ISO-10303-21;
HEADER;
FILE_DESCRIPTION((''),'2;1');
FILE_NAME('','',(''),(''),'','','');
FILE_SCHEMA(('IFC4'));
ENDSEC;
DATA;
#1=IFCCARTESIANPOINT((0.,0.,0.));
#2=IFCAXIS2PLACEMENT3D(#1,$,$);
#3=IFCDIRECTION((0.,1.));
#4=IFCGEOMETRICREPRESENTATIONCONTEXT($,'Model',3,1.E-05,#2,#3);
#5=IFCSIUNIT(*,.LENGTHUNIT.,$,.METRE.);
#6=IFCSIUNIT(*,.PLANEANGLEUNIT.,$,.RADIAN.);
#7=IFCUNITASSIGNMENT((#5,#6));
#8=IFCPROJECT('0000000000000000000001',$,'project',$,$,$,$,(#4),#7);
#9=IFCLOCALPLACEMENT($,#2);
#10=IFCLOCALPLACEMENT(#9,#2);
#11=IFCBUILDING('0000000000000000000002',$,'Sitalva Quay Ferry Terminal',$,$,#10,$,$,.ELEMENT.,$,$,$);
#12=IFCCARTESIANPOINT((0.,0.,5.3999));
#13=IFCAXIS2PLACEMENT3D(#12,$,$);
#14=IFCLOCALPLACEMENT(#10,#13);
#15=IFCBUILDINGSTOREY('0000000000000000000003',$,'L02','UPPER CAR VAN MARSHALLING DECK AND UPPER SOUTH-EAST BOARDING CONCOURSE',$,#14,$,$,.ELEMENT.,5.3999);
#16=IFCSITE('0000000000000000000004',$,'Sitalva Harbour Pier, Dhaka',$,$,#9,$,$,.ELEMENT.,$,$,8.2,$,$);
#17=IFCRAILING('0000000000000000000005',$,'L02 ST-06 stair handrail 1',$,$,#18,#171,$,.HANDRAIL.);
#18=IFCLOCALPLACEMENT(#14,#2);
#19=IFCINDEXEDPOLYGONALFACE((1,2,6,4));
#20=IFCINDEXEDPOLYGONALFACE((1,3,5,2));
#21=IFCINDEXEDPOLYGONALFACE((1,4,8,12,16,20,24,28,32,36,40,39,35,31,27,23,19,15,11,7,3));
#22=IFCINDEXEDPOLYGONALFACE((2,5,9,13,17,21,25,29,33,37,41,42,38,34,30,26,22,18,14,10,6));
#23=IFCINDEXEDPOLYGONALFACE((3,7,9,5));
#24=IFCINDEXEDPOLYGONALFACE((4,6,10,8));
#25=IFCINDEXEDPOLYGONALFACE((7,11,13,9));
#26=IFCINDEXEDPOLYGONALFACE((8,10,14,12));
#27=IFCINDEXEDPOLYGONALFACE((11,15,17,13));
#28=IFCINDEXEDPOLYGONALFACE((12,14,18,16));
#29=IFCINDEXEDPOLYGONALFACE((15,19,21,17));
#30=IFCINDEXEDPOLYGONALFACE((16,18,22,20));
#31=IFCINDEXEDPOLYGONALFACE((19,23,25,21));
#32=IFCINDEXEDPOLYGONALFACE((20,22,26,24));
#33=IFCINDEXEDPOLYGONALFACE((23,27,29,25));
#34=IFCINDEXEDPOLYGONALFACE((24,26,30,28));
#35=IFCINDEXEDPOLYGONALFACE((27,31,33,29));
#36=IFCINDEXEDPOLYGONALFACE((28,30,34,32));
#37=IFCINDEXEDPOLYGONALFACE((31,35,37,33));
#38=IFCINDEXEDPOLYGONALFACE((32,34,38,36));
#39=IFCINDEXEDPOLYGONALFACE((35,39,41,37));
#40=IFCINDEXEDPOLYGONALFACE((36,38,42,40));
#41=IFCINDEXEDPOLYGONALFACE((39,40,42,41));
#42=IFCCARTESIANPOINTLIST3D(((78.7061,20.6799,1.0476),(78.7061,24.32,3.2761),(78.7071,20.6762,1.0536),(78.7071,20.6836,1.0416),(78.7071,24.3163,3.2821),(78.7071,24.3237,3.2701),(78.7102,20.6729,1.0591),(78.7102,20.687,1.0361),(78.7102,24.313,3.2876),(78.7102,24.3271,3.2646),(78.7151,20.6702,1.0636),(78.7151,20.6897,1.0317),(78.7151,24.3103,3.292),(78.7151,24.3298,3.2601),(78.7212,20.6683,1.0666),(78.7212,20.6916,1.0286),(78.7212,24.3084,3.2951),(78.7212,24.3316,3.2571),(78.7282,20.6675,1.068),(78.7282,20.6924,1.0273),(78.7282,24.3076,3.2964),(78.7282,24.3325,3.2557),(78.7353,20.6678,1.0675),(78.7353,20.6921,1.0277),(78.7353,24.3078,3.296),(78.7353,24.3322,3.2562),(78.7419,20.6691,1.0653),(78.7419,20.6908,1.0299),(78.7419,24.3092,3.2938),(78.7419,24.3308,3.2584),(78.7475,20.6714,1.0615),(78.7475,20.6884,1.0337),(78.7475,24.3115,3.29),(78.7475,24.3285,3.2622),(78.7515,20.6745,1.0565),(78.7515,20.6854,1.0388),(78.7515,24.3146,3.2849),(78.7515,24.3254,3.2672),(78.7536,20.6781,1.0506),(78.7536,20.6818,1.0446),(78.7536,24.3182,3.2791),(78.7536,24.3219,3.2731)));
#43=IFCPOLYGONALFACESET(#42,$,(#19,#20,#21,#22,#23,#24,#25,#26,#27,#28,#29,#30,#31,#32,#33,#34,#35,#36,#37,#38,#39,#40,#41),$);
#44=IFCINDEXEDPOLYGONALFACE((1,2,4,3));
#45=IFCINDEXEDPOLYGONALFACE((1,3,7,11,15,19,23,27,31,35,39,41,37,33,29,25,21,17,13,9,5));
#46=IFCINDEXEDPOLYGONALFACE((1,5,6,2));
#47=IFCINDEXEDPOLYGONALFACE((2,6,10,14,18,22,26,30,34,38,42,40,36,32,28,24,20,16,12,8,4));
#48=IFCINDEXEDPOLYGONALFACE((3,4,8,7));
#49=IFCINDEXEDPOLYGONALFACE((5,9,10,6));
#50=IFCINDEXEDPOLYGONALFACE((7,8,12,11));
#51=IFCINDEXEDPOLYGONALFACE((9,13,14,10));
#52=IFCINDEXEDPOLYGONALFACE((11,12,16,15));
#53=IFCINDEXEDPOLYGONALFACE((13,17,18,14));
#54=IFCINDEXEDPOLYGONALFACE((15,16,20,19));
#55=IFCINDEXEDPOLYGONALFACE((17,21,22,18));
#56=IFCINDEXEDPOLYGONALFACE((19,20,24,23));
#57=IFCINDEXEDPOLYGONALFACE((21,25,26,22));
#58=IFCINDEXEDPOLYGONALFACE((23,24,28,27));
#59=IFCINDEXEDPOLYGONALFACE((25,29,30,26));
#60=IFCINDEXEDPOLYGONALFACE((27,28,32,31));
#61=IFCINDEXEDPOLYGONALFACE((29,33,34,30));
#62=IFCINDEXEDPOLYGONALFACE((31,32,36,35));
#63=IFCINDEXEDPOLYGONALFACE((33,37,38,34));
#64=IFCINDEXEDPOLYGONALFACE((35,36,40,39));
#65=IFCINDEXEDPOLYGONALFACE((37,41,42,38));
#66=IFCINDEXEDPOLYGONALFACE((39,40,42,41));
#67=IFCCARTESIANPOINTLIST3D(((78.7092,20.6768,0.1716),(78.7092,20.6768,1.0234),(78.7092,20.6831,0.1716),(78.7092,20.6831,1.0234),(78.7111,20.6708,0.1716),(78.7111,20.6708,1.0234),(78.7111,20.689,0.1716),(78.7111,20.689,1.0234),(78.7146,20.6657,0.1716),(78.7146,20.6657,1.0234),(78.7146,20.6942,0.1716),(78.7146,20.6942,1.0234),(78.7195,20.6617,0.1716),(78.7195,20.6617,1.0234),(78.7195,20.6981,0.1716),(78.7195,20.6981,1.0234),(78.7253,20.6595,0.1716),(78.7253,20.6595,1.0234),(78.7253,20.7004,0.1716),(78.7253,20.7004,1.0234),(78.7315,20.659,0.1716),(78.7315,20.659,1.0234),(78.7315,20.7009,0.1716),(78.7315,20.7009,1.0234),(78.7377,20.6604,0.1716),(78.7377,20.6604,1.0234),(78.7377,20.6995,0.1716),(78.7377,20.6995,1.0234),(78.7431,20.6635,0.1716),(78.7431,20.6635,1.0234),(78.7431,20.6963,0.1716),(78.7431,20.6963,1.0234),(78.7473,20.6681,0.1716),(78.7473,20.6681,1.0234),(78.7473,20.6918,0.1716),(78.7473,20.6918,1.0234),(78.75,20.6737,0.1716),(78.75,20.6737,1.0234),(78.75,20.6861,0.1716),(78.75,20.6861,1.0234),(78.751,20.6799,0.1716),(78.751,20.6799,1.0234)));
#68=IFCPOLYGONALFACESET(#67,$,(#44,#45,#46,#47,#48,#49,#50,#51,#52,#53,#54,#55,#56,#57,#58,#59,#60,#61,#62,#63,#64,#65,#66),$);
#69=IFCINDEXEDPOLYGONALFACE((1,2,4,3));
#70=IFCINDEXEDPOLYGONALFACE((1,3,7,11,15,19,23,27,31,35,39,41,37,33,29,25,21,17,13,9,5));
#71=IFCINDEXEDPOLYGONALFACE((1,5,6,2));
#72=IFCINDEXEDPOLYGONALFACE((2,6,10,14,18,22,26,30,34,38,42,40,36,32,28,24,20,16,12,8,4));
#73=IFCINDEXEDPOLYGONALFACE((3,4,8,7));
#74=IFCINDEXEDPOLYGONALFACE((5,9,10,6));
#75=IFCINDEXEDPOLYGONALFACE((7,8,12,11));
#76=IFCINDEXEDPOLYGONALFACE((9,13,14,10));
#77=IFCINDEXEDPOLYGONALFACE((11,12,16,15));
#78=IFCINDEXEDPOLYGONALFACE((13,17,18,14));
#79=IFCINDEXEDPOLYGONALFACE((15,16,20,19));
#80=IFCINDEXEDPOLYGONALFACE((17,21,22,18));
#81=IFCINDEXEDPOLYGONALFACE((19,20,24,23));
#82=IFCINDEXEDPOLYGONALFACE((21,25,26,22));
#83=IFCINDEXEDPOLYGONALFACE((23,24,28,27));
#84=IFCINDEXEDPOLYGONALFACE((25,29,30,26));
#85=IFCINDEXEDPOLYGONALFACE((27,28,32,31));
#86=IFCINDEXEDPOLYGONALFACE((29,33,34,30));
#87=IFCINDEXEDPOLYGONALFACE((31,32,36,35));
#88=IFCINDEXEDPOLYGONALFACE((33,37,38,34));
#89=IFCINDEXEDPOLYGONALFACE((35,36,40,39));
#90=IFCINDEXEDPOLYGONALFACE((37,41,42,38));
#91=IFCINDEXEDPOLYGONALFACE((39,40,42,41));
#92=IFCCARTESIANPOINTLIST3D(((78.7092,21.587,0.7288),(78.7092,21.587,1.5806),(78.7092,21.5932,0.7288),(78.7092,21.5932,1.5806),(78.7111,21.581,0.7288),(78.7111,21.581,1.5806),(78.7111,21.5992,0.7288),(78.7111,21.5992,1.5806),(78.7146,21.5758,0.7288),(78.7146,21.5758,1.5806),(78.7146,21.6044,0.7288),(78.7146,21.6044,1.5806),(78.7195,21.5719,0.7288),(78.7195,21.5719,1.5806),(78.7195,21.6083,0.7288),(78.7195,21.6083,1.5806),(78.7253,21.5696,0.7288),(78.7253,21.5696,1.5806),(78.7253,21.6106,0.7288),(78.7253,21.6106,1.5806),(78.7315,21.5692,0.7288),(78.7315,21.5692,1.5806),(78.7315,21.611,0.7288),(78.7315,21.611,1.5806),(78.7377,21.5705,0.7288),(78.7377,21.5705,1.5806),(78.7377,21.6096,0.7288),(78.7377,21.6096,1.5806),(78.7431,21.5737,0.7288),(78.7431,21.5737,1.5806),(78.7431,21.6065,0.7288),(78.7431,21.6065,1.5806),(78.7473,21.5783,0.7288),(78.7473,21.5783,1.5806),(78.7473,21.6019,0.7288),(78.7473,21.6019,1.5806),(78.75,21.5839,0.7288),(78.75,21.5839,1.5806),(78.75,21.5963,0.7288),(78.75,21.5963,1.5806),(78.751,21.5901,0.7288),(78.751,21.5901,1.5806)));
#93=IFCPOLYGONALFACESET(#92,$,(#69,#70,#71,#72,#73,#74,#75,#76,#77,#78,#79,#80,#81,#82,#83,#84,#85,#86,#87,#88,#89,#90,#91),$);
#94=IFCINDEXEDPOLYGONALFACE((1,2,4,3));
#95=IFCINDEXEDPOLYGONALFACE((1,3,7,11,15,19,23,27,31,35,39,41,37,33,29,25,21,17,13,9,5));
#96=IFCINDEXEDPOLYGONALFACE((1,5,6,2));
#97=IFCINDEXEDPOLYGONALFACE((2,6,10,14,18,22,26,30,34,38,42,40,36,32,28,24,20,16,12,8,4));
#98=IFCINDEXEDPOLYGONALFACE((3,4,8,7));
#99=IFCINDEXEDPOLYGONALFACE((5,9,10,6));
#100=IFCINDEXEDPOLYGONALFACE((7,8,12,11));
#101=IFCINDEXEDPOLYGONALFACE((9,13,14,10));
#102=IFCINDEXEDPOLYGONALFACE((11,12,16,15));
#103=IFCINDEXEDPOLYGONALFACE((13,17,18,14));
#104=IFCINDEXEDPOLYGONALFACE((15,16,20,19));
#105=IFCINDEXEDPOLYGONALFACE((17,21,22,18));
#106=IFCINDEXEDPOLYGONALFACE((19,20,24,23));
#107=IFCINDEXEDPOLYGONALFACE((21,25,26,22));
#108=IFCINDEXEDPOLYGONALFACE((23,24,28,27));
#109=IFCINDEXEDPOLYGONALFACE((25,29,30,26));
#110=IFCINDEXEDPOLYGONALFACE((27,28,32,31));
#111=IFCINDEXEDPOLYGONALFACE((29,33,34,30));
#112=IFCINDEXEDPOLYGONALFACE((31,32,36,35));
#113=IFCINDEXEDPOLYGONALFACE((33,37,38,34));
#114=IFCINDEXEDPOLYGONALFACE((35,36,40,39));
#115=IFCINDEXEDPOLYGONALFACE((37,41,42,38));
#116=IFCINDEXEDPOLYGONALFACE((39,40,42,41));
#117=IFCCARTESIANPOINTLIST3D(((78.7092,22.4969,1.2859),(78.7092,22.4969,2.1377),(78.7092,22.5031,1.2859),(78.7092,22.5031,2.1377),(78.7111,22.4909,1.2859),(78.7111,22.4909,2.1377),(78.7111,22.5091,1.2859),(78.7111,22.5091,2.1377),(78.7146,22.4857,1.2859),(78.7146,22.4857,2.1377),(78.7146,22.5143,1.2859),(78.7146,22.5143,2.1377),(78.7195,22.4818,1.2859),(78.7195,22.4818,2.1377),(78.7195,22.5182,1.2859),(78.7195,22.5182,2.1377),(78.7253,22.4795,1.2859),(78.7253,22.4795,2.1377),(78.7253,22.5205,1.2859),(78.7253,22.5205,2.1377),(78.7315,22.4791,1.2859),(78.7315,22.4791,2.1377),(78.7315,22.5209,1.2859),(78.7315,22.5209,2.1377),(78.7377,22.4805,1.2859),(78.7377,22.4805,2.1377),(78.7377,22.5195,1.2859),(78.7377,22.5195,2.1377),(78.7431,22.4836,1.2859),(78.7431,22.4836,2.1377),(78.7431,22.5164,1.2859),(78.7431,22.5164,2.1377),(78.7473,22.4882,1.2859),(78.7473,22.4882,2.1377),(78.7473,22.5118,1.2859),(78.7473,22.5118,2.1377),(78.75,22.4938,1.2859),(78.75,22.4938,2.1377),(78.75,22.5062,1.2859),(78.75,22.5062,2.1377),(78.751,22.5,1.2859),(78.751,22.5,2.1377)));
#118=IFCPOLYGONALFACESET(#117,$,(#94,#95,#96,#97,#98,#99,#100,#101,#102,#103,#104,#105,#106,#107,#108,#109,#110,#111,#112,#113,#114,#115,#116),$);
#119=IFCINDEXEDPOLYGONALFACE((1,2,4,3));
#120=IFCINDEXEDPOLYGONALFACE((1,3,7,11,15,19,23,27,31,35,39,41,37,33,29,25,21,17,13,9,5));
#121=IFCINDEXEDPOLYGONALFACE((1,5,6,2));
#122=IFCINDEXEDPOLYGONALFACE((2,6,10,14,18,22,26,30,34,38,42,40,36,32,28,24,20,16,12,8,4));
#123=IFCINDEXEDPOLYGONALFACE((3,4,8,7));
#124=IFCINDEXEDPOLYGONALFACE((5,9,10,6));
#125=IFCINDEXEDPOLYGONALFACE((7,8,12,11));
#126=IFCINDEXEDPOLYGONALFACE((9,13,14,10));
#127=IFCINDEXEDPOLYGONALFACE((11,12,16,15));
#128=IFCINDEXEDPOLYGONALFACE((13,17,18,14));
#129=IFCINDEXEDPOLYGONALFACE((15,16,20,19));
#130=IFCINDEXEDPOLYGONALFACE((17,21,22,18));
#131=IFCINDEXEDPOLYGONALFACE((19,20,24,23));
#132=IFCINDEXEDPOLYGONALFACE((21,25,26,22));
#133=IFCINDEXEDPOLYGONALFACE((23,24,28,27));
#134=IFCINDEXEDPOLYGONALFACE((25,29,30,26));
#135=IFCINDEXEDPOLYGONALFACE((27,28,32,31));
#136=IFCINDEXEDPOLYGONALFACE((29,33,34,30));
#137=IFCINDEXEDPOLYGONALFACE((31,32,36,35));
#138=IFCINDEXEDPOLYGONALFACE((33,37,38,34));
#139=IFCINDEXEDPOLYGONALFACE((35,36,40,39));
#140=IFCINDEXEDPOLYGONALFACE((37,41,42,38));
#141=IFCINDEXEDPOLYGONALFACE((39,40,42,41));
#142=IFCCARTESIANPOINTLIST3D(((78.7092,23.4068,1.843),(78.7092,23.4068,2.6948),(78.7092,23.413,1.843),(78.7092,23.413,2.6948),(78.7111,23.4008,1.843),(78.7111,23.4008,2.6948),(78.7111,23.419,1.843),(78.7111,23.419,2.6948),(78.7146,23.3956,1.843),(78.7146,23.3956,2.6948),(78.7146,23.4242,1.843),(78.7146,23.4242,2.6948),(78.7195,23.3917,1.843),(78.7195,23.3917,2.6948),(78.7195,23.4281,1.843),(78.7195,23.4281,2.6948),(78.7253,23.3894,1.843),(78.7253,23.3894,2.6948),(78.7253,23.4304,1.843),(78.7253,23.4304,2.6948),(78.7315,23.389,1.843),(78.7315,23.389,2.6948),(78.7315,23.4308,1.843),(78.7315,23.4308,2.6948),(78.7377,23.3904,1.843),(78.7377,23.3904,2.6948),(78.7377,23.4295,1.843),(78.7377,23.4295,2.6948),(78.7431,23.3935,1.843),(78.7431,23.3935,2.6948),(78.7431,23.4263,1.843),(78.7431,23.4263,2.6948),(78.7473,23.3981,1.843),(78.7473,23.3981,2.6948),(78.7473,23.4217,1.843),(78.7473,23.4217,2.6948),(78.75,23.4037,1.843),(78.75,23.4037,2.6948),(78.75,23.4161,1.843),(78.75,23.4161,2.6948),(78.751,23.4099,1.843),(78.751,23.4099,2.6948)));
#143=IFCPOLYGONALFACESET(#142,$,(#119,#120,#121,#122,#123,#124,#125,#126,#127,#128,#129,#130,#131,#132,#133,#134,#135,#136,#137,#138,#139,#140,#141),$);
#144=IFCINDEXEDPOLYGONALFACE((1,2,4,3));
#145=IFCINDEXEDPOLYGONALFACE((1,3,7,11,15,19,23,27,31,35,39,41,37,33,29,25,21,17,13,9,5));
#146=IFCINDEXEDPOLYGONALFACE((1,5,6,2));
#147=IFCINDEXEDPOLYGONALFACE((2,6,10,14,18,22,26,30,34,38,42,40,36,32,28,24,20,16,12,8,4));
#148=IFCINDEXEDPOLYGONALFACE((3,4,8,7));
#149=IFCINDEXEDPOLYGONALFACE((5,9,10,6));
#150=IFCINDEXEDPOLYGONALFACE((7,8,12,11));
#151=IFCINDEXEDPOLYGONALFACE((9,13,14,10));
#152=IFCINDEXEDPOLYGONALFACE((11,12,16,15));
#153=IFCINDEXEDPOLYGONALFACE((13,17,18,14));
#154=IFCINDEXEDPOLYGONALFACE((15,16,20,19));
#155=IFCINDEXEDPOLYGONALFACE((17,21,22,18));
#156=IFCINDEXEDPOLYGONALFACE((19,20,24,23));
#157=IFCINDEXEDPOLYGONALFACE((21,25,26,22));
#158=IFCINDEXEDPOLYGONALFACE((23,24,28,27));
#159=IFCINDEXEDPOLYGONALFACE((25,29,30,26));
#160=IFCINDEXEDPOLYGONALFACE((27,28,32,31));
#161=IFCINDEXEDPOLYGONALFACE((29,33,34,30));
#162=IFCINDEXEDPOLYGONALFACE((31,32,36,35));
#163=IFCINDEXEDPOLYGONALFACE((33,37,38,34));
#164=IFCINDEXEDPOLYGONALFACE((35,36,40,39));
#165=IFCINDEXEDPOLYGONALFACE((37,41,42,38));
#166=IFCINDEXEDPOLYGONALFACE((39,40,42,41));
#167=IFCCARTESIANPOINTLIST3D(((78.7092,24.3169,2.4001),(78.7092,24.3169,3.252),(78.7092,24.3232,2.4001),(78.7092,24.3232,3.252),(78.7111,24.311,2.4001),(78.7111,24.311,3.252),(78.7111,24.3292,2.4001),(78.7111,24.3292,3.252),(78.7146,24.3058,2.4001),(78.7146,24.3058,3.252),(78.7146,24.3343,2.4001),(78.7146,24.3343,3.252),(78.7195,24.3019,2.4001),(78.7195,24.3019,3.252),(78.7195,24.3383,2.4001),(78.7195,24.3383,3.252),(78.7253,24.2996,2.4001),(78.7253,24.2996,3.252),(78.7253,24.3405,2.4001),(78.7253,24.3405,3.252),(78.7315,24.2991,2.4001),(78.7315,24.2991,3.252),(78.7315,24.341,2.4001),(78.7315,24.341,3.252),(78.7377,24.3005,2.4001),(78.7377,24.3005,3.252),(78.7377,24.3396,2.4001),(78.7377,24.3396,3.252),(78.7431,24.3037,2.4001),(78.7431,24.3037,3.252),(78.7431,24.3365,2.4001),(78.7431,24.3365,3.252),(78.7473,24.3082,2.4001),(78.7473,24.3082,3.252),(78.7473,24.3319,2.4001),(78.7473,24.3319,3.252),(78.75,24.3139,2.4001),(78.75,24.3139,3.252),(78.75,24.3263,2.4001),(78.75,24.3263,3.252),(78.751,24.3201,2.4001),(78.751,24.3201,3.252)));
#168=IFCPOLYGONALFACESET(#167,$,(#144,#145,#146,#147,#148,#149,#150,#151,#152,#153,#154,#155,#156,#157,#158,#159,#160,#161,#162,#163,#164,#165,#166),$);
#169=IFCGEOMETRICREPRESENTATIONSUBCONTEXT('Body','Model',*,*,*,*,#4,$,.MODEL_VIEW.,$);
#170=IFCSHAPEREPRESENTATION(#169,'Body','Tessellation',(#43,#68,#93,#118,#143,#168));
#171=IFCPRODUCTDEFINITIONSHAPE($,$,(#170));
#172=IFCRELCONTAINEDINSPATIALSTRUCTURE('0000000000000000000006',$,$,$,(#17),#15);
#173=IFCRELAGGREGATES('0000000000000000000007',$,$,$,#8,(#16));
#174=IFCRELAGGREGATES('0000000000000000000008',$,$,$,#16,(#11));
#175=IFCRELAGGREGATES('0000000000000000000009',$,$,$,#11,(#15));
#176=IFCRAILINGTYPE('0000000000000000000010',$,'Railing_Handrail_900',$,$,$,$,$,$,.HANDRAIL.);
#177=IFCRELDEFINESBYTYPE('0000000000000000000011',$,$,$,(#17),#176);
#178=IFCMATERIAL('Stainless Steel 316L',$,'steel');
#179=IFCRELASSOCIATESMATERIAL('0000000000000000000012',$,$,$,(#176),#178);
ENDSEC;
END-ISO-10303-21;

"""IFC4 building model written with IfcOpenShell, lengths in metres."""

from ifc_helpers import new_model, si_unit, direction, frame, origin, origin_2d, place, context, subcontext, project, spatial, circle, extrude, material, type_object, element, save


model = new_model("IFC4")

# Units and contexts
model_context = context("Model", 3, precision=1e-05, world=origin(), true_north=direction((0.0, 1.0)))
body_context = subcontext(model_context, "Body", "Model", "MODEL_VIEW")
ifc_project = project(units=[si_unit("LENGTHUNIT", "METRE"), si_unit("PLANEANGLEUNIT", "RADIAN")], contexts=[model_context])

# Site, building, storey
site_placement = place(None, origin())
site = spatial("IfcSite", under=ifc_project, at=site_placement, Name="Sitalva Harbour Pier, Dhaka", CompositionType="ELEMENT", RefElevation=8.2)
building_placement = place(site_placement, origin())
building = spatial("IfcBuilding", under=site, at=building_placement, Name="Sitalva Quay Ferry Terminal", CompositionType="ELEMENT")
storey_placement = place(building_placement, frame((0.0, 0.0, 5.3999)))
storey = spatial("IfcBuildingStorey", under=building, at=storey_placement, Name="L02", Description="UPPER CAR VAN MARSHALLING DECK AND UPPER SOUTH-EAST BOARDING CONCOURSE", CompositionType="ELEMENT", Elevation=5.3999)

# Railing
ifc_material_1 = material(Name="Stainless Steel 316L", Category="steel")
railing_type_1 = type_object("IfcRailingType", Name="Railing_Handrail_900", PredefinedType="HANDRAIL", material=ifc_material_1)
railing_1_placement = place(storey_placement, frame((78.73, 20.6799, 0.1716)))
element("IfcRailing", 1, at=railing_1_placement, inside=storey, type_object=railing_type_1, Name="L02 ST-06 stair handrail 1", PredefinedType="HANDRAIL", context=body_context, shape_type="SweptSolid", body=[
    extrude(circle(Radius=0.0239, at=origin_2d()), frame((0.0, 0.0, 0.876), z_axis=(0.0, 0.852866, 0.52213), x_axis=(-1.0, 0.0, 0.0)), (0.0, 0.0, 1.0), 4.2681),
    extrude(circle(Radius=0.021, at=origin_2d()), origin(), (0.0, 0.0, 1.0), 0.8518),
    extrude(circle(Radius=0.021, at=origin_2d()), frame((0.0, 0.9102, 0.5571)), (0.0, 0.0, 1.0), 0.8518),
    extrude(circle(Radius=0.021, at=origin_2d()), frame((0.0, 1.8201, 1.1143)), (0.0, 0.0, 1.0), 0.8518),
    extrude(circle(Radius=0.021, at=origin_2d()), frame((0.0, 2.73, 1.6714)), (0.0, 0.0, 1.0), 0.8518),
    extrude(circle(Radius=0.021, at=origin_2d()), frame((0.0, 3.6401, 2.2285)), (0.0, 0.0, 1.0), 0.8518),
])

save(model, "model.ifc")
